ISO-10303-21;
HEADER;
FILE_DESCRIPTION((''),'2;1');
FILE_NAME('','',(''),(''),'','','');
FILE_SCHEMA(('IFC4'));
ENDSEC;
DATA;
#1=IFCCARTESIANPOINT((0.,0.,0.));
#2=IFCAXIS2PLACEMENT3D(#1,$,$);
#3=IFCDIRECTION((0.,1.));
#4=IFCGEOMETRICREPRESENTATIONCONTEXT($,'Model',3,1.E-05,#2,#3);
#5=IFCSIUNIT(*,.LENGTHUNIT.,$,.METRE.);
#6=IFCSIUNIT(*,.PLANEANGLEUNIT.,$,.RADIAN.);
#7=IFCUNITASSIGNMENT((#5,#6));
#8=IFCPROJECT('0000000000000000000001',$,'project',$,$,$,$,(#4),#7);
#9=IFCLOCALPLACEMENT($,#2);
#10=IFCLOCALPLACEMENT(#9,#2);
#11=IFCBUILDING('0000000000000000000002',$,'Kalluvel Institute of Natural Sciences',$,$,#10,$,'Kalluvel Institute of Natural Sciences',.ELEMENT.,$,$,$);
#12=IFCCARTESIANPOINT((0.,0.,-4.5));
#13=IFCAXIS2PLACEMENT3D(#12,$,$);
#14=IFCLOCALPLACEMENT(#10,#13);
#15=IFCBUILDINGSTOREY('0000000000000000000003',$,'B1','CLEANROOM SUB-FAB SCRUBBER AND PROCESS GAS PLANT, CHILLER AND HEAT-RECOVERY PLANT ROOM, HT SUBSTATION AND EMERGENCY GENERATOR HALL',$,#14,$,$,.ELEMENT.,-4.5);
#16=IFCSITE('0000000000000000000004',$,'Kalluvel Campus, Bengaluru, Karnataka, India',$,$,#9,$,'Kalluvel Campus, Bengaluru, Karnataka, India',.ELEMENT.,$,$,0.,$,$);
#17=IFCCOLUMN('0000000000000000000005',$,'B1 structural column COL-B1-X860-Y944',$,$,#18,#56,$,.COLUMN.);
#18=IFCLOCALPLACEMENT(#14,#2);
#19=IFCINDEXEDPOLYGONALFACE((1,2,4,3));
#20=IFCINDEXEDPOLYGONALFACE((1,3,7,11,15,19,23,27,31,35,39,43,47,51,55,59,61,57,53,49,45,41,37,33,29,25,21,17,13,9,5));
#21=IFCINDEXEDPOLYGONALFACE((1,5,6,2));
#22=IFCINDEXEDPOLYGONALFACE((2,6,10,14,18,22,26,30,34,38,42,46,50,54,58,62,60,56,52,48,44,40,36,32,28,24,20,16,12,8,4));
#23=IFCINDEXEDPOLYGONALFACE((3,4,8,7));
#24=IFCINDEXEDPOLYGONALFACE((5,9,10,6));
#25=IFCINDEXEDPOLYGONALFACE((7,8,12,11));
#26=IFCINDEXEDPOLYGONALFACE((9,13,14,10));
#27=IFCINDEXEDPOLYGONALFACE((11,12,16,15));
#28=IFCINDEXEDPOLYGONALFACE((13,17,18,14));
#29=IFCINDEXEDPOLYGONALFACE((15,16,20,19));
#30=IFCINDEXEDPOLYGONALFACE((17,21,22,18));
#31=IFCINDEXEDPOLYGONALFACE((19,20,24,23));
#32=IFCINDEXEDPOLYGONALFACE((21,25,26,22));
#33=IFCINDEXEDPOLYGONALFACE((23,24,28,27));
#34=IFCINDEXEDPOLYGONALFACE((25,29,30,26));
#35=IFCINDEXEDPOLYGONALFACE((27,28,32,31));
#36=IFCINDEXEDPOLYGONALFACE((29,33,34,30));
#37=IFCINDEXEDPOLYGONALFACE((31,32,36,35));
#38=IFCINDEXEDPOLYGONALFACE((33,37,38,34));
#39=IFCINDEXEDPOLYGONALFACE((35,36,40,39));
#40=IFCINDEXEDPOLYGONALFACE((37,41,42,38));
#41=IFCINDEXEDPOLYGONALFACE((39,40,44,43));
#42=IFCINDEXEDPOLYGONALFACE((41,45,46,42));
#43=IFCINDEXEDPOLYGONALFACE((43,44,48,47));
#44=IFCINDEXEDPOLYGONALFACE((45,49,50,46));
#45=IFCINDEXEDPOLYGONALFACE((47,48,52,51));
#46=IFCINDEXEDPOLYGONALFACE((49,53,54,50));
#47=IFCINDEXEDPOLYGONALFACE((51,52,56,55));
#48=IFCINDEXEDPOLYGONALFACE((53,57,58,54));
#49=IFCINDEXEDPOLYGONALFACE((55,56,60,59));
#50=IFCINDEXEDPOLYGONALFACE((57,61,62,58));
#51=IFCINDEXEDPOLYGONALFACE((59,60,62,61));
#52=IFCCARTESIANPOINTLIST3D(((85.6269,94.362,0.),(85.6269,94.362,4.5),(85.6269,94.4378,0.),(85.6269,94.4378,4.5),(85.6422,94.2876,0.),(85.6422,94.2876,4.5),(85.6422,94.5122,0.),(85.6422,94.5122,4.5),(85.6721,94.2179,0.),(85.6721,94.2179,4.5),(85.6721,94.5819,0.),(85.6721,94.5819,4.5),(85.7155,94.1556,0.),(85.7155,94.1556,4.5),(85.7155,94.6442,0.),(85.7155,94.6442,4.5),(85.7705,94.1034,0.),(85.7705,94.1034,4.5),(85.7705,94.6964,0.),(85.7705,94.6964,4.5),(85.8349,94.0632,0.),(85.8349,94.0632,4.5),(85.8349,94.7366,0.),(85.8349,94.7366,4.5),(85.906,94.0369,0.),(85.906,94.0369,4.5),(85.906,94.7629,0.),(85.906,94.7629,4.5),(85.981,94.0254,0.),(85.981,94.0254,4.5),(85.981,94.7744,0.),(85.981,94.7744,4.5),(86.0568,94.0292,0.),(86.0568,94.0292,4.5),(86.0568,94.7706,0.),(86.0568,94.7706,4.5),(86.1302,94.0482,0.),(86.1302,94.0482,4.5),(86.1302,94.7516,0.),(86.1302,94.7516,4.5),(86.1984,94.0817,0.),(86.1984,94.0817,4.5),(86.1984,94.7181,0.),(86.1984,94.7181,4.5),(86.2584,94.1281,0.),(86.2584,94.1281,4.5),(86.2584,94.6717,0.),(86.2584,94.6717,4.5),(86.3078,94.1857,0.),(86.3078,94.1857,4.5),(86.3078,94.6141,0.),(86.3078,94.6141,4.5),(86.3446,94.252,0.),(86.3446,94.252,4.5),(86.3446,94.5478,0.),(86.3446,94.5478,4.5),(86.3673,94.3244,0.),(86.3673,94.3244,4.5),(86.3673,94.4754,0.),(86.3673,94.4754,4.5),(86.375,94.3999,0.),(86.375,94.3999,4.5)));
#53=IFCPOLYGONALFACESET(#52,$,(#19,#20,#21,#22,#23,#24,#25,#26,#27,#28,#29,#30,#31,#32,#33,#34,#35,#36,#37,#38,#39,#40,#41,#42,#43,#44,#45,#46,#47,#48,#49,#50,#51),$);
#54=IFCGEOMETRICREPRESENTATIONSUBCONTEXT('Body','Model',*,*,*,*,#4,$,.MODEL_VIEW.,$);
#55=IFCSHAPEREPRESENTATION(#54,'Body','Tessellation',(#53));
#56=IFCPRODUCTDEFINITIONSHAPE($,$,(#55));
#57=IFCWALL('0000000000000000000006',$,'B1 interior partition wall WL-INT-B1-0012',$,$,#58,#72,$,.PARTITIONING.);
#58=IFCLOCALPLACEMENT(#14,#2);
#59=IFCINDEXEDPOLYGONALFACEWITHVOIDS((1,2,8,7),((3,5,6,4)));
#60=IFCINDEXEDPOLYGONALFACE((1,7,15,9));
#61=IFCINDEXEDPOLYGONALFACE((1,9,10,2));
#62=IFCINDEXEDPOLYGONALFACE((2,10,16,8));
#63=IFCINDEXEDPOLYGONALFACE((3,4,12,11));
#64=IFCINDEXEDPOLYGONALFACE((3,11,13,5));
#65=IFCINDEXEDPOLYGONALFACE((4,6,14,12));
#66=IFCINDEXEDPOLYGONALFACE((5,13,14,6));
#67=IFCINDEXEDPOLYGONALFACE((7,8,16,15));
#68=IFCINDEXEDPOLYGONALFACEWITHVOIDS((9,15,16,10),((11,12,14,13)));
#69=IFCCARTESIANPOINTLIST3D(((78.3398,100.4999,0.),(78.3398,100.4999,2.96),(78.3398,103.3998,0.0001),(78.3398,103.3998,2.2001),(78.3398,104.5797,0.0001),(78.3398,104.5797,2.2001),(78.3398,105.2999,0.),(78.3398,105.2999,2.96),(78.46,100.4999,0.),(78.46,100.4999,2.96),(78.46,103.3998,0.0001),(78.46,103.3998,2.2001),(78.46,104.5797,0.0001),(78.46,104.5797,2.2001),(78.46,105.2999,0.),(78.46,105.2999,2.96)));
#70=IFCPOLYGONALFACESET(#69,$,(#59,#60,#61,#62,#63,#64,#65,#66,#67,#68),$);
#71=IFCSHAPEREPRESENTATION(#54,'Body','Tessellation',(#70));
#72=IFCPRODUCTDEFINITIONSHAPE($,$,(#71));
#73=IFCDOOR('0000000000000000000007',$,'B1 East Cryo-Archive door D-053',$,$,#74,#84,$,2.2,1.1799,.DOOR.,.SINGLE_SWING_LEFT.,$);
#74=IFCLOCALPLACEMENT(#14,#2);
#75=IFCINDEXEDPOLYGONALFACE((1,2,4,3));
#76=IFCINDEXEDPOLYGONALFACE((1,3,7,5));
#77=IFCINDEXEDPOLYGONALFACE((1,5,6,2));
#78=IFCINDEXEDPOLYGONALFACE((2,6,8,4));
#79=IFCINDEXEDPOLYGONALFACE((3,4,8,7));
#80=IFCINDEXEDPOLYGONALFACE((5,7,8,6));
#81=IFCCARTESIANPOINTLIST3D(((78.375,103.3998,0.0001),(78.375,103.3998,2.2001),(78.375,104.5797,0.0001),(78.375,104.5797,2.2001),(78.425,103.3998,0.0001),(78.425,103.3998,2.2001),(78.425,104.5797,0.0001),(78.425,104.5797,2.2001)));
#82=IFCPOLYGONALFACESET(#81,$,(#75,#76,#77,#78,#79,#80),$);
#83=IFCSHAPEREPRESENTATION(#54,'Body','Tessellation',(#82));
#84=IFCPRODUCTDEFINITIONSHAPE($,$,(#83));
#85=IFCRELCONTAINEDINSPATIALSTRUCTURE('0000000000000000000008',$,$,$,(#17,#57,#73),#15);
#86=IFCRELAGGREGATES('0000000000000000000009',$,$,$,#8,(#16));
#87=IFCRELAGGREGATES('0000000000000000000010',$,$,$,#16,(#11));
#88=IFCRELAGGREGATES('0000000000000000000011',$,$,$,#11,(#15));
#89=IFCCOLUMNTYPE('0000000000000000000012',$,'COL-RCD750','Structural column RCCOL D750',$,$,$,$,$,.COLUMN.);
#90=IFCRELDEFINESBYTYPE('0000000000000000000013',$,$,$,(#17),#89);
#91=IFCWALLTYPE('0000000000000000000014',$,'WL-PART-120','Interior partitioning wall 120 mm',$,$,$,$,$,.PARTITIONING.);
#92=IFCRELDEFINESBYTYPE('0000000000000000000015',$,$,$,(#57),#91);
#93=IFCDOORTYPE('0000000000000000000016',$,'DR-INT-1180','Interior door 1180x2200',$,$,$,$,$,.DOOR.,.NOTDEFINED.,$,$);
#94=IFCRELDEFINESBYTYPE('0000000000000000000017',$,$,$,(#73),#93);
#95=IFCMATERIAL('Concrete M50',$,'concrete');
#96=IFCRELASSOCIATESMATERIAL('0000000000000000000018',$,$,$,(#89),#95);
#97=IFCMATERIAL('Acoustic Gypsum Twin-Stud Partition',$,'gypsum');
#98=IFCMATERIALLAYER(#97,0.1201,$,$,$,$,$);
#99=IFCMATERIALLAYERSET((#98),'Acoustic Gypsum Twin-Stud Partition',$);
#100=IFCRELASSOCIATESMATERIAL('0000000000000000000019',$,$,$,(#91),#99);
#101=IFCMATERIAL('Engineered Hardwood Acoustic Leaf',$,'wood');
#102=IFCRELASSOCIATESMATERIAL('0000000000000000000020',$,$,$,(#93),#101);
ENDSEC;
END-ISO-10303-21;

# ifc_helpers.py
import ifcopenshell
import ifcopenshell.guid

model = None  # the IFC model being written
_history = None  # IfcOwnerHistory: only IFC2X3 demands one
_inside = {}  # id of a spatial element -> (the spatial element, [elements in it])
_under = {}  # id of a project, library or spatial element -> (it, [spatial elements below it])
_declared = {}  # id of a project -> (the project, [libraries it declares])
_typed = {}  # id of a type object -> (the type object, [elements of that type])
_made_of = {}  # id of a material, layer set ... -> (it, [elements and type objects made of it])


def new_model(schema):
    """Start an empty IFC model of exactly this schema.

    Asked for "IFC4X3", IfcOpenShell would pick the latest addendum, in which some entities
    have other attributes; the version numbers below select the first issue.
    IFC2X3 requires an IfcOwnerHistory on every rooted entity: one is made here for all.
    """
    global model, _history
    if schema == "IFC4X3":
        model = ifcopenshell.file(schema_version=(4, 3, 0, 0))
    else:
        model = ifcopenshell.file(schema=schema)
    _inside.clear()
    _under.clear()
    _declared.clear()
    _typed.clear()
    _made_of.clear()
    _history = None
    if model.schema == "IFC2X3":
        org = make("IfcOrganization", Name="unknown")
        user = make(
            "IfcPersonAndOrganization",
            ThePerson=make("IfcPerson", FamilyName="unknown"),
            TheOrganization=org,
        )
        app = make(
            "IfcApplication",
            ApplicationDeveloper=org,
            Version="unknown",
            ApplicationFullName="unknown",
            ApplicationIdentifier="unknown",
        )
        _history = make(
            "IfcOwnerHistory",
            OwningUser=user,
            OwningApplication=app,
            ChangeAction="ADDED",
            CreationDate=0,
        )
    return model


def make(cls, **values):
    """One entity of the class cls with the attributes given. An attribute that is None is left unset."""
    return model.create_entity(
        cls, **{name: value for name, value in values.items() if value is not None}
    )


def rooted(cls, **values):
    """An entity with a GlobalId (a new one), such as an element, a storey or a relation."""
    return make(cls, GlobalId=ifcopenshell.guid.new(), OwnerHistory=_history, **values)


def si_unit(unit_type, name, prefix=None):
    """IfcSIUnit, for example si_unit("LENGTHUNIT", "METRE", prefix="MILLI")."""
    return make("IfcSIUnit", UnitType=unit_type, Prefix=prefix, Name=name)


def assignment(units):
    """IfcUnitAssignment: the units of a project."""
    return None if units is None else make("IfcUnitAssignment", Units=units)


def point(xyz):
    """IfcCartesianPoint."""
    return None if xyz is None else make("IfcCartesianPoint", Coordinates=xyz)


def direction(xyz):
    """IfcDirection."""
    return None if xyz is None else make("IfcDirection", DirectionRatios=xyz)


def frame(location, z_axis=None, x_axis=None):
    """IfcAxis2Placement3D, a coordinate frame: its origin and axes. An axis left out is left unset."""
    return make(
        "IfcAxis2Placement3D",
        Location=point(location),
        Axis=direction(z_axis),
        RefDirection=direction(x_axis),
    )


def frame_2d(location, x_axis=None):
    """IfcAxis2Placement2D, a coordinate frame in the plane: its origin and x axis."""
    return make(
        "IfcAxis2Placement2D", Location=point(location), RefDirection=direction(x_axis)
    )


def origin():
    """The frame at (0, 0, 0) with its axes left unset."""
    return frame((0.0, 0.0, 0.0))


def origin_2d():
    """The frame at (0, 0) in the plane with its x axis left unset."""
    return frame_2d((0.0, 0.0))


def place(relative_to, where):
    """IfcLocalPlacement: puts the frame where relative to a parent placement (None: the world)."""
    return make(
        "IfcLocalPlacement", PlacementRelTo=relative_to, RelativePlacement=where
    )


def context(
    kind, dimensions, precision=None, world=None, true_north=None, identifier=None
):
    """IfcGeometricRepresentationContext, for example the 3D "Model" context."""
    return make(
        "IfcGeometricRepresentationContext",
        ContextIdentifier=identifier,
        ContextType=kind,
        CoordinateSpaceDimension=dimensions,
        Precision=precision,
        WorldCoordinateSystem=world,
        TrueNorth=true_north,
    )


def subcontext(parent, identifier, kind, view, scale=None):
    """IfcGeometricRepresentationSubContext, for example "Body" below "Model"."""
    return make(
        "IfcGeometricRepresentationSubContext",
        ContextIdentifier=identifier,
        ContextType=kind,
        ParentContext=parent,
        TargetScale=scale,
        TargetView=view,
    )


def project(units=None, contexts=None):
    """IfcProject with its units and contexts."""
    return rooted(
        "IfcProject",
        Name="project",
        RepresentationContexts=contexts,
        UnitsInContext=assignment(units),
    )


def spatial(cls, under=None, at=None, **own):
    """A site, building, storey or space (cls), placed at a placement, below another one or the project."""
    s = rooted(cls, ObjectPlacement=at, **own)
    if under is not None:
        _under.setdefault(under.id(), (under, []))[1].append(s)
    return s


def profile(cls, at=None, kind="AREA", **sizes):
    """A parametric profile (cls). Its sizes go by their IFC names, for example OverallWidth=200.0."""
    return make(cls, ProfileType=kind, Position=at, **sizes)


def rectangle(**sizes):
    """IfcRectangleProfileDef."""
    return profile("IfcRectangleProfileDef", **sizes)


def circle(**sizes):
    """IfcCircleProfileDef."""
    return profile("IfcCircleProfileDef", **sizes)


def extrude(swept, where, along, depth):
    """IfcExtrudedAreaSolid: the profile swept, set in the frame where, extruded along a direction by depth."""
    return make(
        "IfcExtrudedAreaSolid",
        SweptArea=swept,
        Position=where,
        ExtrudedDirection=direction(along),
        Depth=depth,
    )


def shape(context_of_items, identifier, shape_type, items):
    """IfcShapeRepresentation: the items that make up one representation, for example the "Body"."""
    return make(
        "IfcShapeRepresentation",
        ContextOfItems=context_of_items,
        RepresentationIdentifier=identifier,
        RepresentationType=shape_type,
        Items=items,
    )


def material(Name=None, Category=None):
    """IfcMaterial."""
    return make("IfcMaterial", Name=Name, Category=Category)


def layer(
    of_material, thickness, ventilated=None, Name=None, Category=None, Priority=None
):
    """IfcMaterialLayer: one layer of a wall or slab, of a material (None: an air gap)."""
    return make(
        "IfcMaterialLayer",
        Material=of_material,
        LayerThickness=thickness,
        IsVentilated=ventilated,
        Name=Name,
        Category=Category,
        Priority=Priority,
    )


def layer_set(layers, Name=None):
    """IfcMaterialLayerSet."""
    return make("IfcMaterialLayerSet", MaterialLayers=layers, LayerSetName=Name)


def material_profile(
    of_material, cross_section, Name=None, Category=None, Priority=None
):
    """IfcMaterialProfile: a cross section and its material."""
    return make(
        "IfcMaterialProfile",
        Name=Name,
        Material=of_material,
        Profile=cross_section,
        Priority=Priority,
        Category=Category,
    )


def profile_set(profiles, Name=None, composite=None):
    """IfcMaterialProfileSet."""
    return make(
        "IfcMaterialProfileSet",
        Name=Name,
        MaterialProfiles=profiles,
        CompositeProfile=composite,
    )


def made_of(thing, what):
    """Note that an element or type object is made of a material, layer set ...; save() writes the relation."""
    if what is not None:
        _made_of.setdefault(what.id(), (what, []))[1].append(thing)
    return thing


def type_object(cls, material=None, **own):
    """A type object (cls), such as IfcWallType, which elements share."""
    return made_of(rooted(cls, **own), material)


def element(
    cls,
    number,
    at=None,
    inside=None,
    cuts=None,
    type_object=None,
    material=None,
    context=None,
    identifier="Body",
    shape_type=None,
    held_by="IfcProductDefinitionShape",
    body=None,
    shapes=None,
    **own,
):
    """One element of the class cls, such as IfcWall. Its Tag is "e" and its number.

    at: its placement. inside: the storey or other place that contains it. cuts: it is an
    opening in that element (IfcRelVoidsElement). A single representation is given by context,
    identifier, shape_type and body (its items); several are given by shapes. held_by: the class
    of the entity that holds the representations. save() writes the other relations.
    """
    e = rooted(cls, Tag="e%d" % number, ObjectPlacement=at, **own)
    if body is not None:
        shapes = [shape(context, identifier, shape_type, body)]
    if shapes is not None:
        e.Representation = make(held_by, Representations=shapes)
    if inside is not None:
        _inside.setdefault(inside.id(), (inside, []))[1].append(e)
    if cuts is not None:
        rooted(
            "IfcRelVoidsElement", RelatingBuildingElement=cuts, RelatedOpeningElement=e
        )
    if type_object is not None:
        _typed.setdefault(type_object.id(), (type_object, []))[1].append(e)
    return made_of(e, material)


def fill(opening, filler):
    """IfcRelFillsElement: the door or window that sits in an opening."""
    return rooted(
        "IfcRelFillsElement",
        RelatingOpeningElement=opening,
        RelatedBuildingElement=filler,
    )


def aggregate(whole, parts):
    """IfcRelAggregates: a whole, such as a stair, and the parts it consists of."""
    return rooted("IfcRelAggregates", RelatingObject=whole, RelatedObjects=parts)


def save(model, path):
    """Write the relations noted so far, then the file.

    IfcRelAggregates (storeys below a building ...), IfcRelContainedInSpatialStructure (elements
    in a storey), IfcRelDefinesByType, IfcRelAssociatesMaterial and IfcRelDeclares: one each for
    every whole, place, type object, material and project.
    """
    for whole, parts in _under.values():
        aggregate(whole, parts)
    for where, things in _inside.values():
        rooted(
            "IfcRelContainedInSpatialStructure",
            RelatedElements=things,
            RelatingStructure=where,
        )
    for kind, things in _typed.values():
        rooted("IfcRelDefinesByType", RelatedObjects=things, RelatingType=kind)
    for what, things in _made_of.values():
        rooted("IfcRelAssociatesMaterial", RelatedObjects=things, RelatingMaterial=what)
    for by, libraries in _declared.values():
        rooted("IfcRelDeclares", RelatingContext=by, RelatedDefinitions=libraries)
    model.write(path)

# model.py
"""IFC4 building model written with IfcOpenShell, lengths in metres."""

from ifc_helpers import new_model, si_unit, direction, frame, frame_2d, origin, origin_2d, place, context, subcontext, project, spatial, rectangle, circle, extrude, material, layer, layer_set, material_profile, profile_set, type_object, element, fill, save


model = new_model("IFC4")

# Units and contexts
model_context = context("Model", 3, precision=1e-05, world=origin(), true_north=direction((0.0, 1.0)))
body_context = subcontext(model_context, "Body", "Model", "MODEL_VIEW")
ifc_project = project(units=[si_unit("LENGTHUNIT", "METRE"), si_unit("PLANEANGLEUNIT", "RADIAN")], contexts=[model_context])

# Site, building, storey
site_placement = place(None, origin())
site = spatial("IfcSite", under=ifc_project, at=site_placement, Name="Kalluvel Campus, Bengaluru, Karnataka, India", LongName="Kalluvel Campus, Bengaluru, Karnataka, India", CompositionType="ELEMENT", RefElevation=0.0)
building_placement = place(site_placement, origin())
building = spatial("IfcBuilding", under=site, at=building_placement, Name="Kalluvel Institute of Natural Sciences", LongName="Kalluvel Institute of Natural Sciences", CompositionType="ELEMENT")
storey_placement = place(building_placement, frame((0.0, 0.0, -4.5)))
storey = spatial("IfcBuildingStorey", under=building, at=storey_placement, Name="B1", Description="CLEANROOM SUB-FAB SCRUBBER AND PROCESS GAS PLANT, CHILLER AND HEAT-RECOVERY PLANT ROOM, HT SUBSTATION AND EMERGENCY GENERATOR HALL", CompositionType="ELEMENT", Elevation=-4.5)

# Column
ifc_material_1 = material(Name="Concrete M50", Category="concrete")
ifc_material_profile_1 = material_profile(ifc_material_1, circle(Radius=0.375, at=origin_2d()), Name="RCCOL D750")
ifc_profile_set_1 = profile_set([ifc_material_profile_1], Name="Concrete M50")
column_type_1 = type_object("IfcColumnType", Name="COL-RCD750", Description="Structural column RCCOL D750", PredefinedType="COLUMN", material=ifc_profile_set_1)
for number, where, z_axis, x_axis, name in (
    (1, (86.0, 94.3999, 0.0), (0.0, 0.0, 1.0), (1.0, 0.0, 0.0), "B1 structural column COL-B1-X860-Y944"),
):
    element("IfcColumn", number, at=place(storey_placement, frame(where, z_axis=z_axis, x_axis=x_axis)), inside=storey, type_object=column_type_1, Name=name, PredefinedType="COLUMN", context=body_context, shape_type="SweptSolid", body=[
        extrude(circle(Radius=0.375, at=origin_2d()), origin(), (0.0, 0.0, 1.0), 4.5),
    ])

# Wall, opening, door
ifc_material_2 = material(Name="Acoustic Gypsum Twin-Stud Partition", Category="gypsum")
ifc_layer = layer(ifc_material_2, 0.1201)
ifc_layer_set = layer_set([ifc_layer], Name="Acoustic Gypsum Twin-Stud Partition")
wall_type = type_object("IfcWallType", Name="WL-PART-120", Description="Interior partitioning wall 120 mm", PredefinedType="PARTITIONING", material=ifc_layer_set)
wall_placement = place(storey_placement, frame((78.3999, 100.5, 0.0), z_axis=(0.0, 0.0, 1.0), x_axis=(0.0, 1.0, 0.0)))
wall = element("IfcWall", 2, at=wall_placement, inside=storey, type_object=wall_type, Name="B1 interior partition wall WL-INT-B1-0012", PredefinedType="PARTITIONING", context=body_context, shape_type="SweptSolid", body=[
    extrude(rectangle(XDim=4.8, YDim=0.1201, at=frame_2d((2.3999, 0.0))), origin(), (0.0, 0.0, 1.0), 2.96),
])
opening_placement = place(wall_placement, frame((2.8999, 0.0, 0.0)))
opening = element("IfcOpeningElement", 3, at=opening_placement, cuts=wall, PredefinedType="OPENING", context=body_context, shape_type="SweptSolid", body=[
    extrude(rectangle(XDim=1.1799, YDim=2.2, at=frame_2d((0.5898, 1.1001))), frame((0.0, 0.0701, 0.0), z_axis=(0.0, -1.0, 0.0), x_axis=(1.0, 0.0, 0.0)), (0.0, 0.0, 1.0), 0.1401),
])
ifc_material_3 = material(Name="Engineered Hardwood Acoustic Leaf", Category="wood")
door_type = type_object("IfcDoorType", Name="DR-INT-1180", Description="Interior door 1180x2200", OperationType="NOTDEFINED", PredefinedType="DOOR", material=ifc_material_3)
door_placement = place(opening_placement, origin())
door = element("IfcDoor", 4, at=door_placement, inside=storey, type_object=door_type, Name="B1 East Cryo-Archive door D-053", OperationType="SINGLE_SWING_LEFT", OverallHeight=2.2, OverallWidth=1.1799, PredefinedType="DOOR", context=body_context, shape_type="SweptSolid", body=[
    extrude(rectangle(XDim=1.1799, YDim=2.2, at=frame_2d((0.5898, 1.1001))), frame((0.0, 0.0249, 0.0), z_axis=(0.0, -1.0, 0.0), x_axis=(1.0, 0.0, 0.0)), (0.0, 0.0, 1.0), 0.05),
])
fill(opening, door)

save(model, "model.ifc")
